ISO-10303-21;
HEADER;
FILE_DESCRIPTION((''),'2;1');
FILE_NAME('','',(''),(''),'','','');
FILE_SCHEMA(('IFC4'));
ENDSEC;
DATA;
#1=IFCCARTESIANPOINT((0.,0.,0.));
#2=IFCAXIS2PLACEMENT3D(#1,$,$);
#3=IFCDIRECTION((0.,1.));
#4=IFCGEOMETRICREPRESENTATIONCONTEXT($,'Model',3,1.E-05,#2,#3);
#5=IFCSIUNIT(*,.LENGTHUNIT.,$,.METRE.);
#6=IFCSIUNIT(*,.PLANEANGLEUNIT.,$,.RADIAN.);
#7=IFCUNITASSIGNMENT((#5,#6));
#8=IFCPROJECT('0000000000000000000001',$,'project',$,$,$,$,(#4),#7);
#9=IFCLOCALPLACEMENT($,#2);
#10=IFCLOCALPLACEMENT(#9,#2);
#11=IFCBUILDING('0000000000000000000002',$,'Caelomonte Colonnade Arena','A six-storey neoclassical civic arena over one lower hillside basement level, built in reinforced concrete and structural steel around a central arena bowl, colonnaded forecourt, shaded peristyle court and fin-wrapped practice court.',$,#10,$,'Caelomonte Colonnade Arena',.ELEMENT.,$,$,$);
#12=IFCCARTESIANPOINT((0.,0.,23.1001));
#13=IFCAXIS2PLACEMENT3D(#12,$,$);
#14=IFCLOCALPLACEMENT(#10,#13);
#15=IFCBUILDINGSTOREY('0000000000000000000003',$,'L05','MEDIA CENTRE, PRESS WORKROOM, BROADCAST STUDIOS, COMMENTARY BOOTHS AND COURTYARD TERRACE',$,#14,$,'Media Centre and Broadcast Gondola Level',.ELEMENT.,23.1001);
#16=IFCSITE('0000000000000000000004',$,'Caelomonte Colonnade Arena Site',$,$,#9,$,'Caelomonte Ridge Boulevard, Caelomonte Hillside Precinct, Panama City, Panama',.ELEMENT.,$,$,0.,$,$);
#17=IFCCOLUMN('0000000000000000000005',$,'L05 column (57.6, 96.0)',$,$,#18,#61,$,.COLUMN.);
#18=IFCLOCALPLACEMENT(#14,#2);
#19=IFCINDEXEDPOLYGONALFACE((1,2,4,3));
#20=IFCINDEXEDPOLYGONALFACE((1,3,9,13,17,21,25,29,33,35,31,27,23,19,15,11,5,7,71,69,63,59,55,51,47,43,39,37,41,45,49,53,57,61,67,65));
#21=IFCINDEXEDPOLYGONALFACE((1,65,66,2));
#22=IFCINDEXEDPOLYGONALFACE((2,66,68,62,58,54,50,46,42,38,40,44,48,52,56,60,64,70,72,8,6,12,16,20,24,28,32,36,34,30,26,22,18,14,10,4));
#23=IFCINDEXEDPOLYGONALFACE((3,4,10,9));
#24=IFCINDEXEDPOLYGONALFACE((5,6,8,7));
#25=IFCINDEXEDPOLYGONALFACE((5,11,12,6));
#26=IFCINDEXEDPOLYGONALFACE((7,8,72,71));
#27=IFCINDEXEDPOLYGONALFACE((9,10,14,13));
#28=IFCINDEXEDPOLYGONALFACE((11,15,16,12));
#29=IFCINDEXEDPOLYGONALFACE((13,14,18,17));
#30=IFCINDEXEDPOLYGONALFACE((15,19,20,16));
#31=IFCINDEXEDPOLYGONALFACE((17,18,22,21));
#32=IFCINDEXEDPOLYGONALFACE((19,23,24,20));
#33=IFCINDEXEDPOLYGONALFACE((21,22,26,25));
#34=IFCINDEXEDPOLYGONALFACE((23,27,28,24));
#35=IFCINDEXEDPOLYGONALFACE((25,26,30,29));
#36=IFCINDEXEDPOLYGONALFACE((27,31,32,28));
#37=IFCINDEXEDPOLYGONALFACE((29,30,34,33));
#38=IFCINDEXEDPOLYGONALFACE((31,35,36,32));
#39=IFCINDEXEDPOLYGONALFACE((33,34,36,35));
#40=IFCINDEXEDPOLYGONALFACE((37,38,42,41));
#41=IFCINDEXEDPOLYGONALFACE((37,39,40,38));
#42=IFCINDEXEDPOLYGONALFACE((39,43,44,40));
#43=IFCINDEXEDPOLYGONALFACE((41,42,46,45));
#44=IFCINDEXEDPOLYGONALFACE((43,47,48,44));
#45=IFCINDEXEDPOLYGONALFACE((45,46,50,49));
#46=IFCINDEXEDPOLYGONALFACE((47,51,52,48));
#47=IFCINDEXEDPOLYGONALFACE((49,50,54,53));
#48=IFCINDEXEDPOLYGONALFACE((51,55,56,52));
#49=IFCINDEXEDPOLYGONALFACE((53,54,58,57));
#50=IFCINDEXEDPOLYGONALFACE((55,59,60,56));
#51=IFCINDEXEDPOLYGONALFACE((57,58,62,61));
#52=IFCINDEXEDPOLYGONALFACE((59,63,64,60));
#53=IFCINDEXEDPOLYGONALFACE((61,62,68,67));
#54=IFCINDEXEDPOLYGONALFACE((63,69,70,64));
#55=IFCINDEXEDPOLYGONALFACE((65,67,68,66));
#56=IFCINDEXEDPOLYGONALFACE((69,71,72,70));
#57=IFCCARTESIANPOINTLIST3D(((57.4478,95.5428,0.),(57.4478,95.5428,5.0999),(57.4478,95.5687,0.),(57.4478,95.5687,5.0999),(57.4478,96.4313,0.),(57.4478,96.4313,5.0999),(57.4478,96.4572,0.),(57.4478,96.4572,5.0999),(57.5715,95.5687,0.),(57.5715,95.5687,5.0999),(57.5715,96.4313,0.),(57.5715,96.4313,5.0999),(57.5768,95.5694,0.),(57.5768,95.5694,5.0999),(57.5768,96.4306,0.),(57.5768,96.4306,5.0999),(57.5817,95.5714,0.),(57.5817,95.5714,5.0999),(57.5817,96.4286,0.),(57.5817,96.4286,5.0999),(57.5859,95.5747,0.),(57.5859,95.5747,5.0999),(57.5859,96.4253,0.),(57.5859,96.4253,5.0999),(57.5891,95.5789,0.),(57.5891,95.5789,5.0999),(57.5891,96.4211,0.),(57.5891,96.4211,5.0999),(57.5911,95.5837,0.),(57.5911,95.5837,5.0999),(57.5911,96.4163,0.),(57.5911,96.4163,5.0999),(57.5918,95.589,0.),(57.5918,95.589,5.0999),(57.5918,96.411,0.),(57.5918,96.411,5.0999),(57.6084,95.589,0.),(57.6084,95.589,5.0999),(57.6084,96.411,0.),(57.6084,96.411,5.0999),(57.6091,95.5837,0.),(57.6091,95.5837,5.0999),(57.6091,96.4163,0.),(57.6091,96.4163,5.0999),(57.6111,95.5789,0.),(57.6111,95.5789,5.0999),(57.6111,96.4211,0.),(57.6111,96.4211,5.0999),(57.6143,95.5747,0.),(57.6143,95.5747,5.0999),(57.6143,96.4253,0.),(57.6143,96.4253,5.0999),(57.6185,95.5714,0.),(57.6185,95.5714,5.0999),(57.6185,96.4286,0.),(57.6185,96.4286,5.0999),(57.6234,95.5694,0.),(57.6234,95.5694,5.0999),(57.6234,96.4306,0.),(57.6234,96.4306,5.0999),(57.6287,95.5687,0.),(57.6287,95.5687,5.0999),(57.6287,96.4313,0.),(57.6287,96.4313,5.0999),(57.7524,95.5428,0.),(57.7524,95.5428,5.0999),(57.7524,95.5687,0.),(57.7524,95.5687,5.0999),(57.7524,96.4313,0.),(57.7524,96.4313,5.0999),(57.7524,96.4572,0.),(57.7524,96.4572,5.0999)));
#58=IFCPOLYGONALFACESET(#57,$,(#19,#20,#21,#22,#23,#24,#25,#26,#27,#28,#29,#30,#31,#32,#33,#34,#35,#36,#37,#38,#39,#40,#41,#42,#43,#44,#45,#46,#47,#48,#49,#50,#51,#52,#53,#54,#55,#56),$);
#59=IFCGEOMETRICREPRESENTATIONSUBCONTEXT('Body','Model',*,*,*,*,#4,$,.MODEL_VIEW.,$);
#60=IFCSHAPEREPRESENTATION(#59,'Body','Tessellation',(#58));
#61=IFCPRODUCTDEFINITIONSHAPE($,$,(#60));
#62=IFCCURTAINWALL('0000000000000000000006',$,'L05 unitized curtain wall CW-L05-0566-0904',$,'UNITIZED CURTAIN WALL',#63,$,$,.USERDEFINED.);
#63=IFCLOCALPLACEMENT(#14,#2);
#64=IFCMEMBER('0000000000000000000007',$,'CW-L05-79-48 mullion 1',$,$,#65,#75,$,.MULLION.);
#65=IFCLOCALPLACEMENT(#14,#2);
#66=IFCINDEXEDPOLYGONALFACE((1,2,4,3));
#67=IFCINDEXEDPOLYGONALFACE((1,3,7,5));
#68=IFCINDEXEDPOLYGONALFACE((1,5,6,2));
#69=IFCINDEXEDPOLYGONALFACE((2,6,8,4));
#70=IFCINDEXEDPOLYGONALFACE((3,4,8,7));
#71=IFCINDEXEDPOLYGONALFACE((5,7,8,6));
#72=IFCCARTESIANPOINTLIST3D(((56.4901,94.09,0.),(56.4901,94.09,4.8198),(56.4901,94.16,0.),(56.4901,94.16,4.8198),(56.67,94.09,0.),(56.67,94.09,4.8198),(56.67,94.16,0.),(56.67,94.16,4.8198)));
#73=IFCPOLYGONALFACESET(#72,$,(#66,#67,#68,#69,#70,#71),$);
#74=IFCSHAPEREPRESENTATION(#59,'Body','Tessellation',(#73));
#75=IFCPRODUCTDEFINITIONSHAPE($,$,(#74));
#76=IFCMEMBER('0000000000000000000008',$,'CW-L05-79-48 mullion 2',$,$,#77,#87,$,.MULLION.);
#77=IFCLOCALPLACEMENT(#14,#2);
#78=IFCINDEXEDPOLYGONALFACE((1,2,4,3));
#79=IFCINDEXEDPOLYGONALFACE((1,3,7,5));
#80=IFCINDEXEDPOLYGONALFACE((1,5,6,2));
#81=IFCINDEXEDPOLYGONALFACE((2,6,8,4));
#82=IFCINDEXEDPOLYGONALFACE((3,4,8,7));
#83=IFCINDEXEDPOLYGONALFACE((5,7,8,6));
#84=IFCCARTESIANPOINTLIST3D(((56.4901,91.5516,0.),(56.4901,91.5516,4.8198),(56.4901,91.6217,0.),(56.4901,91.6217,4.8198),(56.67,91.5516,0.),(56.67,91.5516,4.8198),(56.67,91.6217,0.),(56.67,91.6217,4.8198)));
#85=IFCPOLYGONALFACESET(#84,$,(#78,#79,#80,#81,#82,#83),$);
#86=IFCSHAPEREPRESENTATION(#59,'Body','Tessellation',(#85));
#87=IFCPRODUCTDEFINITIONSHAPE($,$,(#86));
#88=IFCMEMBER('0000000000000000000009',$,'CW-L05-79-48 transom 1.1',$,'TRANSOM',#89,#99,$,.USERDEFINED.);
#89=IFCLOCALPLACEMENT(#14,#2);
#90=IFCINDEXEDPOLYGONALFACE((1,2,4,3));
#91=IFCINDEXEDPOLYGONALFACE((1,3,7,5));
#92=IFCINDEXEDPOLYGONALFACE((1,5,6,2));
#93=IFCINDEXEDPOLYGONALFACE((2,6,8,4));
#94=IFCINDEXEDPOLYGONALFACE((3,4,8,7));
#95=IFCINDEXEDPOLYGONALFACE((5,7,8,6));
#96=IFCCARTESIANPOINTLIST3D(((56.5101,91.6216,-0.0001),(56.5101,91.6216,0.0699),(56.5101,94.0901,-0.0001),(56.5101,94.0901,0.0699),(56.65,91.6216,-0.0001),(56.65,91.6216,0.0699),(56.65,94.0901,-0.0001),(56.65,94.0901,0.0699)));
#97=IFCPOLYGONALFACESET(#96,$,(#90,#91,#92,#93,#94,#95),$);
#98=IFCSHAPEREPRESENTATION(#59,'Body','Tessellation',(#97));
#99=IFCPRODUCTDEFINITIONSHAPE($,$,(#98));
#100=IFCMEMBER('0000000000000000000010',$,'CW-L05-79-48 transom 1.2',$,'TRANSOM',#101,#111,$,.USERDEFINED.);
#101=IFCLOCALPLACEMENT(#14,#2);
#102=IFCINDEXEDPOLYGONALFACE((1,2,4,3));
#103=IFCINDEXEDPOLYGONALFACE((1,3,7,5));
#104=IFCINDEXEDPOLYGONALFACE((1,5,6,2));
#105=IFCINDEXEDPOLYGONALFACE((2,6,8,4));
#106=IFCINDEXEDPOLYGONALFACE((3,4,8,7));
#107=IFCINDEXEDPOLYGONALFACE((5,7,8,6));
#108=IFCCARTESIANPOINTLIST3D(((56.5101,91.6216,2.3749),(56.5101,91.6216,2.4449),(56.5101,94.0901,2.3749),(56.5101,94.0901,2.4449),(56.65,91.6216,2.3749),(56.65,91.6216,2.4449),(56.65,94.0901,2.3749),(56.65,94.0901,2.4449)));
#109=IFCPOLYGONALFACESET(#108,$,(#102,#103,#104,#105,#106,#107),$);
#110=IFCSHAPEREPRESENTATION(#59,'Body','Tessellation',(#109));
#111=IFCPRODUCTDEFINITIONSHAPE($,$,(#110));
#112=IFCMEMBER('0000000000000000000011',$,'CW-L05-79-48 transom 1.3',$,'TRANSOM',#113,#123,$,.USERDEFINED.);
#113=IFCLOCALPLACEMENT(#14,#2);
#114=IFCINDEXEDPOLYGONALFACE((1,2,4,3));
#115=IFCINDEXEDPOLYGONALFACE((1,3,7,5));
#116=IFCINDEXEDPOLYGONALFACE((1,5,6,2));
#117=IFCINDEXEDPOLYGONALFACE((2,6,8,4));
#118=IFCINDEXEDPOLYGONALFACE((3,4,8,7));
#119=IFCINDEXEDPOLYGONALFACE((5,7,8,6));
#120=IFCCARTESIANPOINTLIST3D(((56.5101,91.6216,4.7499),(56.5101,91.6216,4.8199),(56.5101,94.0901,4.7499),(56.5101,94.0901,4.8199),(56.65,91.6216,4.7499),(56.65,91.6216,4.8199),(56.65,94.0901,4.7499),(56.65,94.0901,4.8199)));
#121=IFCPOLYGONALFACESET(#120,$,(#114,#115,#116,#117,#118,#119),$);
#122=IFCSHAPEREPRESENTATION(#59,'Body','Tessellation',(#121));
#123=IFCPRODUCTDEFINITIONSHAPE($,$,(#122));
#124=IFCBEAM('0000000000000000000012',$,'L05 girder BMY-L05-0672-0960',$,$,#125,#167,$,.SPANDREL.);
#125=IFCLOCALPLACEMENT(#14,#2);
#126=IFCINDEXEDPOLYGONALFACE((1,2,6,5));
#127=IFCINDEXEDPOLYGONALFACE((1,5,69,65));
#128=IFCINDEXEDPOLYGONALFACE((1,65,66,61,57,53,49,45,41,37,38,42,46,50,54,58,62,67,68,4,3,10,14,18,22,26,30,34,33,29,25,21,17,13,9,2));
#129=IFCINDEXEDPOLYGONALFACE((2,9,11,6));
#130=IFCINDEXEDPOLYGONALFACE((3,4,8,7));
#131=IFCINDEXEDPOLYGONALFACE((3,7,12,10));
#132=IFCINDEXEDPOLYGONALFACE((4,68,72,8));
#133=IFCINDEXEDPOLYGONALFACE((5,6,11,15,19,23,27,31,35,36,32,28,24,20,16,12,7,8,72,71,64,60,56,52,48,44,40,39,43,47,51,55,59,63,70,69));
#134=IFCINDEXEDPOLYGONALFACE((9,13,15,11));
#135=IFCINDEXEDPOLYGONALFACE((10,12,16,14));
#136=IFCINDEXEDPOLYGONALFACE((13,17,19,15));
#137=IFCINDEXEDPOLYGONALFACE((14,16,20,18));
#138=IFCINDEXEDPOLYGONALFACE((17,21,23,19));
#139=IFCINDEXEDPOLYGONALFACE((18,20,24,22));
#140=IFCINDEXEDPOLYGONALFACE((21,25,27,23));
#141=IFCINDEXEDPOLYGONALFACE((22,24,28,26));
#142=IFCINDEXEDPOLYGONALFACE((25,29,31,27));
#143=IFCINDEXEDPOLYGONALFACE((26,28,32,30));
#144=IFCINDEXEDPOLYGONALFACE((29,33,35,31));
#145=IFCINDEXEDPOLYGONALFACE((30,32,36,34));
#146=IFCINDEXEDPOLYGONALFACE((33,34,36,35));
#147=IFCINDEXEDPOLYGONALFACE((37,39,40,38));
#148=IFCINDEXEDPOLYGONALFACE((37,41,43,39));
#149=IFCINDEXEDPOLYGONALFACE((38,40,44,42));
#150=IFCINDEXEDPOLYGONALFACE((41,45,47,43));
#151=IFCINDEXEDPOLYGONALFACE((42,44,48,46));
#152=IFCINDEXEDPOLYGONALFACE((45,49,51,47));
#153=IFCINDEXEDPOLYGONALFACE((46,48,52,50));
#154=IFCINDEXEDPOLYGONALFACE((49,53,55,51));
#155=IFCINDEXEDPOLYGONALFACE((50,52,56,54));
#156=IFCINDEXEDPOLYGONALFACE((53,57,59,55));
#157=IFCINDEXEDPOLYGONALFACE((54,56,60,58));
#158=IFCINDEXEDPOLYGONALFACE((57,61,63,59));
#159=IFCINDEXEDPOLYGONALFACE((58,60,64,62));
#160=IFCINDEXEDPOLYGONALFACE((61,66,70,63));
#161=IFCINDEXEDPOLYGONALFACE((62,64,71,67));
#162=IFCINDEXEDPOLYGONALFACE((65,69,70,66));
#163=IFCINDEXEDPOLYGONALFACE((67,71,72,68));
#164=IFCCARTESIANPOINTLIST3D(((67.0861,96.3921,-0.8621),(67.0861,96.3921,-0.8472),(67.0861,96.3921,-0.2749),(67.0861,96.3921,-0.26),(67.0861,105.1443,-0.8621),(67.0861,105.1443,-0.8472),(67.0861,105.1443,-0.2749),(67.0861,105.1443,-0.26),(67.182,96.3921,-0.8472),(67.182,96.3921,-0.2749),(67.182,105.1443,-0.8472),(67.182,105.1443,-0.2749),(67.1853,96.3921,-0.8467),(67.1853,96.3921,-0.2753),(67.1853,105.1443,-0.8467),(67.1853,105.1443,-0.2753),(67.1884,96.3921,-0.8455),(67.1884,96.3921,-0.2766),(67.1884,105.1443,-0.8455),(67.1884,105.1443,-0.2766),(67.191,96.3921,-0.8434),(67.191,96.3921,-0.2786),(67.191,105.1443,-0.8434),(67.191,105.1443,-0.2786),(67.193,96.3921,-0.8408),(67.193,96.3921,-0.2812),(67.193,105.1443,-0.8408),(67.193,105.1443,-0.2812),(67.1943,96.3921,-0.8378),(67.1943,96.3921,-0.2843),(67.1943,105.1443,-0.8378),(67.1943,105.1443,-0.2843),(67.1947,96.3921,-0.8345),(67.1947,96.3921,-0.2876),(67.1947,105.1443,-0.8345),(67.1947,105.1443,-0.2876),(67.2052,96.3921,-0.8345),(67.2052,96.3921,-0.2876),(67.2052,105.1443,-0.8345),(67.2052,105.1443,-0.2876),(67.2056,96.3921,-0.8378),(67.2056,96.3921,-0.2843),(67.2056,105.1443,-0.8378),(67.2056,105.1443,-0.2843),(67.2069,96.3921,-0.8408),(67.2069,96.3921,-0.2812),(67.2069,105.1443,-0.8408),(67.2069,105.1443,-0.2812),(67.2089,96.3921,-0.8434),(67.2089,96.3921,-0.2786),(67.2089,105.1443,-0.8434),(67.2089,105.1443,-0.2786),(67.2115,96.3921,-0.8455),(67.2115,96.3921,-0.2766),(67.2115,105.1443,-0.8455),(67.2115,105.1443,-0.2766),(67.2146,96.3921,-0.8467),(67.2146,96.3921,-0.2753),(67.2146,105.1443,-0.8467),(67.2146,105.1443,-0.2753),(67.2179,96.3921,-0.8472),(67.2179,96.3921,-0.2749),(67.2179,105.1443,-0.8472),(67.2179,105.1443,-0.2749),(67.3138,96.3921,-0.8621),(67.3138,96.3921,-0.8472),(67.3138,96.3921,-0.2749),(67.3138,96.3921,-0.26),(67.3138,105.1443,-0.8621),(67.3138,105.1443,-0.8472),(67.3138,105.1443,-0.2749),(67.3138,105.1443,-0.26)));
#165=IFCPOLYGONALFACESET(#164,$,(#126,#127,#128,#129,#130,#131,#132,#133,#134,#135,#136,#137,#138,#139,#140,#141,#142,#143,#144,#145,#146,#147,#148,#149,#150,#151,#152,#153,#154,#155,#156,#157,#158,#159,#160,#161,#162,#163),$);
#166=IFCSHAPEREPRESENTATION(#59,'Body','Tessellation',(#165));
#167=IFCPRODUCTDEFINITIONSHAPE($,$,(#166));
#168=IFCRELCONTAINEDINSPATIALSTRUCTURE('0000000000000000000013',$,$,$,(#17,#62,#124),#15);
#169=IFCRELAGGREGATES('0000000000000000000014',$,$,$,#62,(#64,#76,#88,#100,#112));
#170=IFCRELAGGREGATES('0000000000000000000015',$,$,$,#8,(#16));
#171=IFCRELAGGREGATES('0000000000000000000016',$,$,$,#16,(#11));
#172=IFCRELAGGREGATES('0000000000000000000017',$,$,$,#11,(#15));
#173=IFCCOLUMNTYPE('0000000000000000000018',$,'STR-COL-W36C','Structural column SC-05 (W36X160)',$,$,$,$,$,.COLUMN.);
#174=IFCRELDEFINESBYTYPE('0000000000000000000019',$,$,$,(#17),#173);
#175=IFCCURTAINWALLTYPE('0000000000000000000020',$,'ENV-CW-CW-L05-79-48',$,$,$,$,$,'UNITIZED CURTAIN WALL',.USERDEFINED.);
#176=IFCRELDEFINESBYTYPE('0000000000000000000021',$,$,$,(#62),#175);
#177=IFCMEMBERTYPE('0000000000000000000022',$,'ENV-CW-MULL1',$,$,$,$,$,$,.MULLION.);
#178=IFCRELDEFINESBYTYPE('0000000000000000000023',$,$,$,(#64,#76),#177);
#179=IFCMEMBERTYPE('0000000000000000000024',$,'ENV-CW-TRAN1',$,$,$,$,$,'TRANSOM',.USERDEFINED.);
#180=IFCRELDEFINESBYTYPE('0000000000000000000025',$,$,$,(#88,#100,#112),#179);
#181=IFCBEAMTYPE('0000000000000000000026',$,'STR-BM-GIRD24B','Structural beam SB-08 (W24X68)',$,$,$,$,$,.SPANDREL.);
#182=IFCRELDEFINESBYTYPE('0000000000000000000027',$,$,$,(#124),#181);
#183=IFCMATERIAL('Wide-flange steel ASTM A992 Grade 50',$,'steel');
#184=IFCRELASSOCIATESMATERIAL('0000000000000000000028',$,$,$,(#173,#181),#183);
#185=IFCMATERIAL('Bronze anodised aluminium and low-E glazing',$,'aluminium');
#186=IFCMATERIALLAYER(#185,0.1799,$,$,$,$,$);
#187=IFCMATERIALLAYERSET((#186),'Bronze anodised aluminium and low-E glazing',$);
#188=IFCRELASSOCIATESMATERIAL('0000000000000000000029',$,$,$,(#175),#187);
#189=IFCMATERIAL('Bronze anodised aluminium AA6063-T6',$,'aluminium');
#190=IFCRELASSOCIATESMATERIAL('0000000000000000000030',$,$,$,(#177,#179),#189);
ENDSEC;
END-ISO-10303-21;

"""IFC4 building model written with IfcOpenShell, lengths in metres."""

from ifc_helpers import new_model, si_unit, direction, frame, origin, origin_2d, place, context, subcontext, project, spatial, rectangle, i_section, extrude, material, layer, layer_set, material_profile, profile_set, type_object, element, aggregate, save


model = new_model("IFC4")

# Units and contexts
model_context = context("Model", 3, precision=1e-05, world=origin(), true_north=direction((0.0, 1.0)))
body_context = subcontext(model_context, "Body", "Model", "MODEL_VIEW")
ifc_project = project(units=[si_unit("LENGTHUNIT", "METRE"), si_unit("PLANEANGLEUNIT", "RADIAN")], contexts=[model_context])

# Site, building, storey
site_placement = place(None, origin())
site = spatial("IfcSite", under=ifc_project, at=site_placement, Name="Caelomonte Colonnade Arena Site", LongName="Caelomonte Ridge Boulevard, Caelomonte Hillside Precinct, Panama City, Panama", CompositionType="ELEMENT", RefElevation=0.0)
building_placement = place(site_placement, origin())
building = spatial("IfcBuilding", under=site, at=building_placement, Name="Caelomonte Colonnade Arena", Description="A six-storey neoclassical civic arena over one lower hillside basement level, built in reinforced concrete and structural steel around a central arena bowl, colonnaded forecourt, shaded peristyle court and fin-wrapped practice court.", LongName="Caelomonte Colonnade Arena", CompositionType="ELEMENT")
storey_placement = place(building_placement, frame((0.0, 0.0, 23.1001)))
storey = spatial("IfcBuildingStorey", under=building, at=storey_placement, Name="L05", Description="MEDIA CENTRE, PRESS WORKROOM, BROADCAST STUDIOS, COMMENTARY BOOTHS AND COURTYARD TERRACE", LongName="Media Centre and Broadcast Gondola Level", CompositionType="ELEMENT", Elevation=23.1001)

# Column
ifc_material_1 = material(Name="Wide-flange steel ASTM A992 Grade 50", Category="steel")
ifc_material_profile_1 = material_profile(ifc_material_1, i_section(OverallWidth=0.3047, OverallDepth=0.9143, WebThickness=0.0166, FlangeThickness=0.0259, FilletRadius=0.0203, at=origin_2d()), Name="W36X160")
ifc_profile_set_1 = profile_set([ifc_material_profile_1], Name="Wide-flange steel ASTM A992 Grade 50")
column_type = type_object("IfcColumnType", Name="STR-COL-W36C", Description="Structural column SC-05 (W36X160)", PredefinedType="COLUMN", material=ifc_profile_set_1)
column_placement = place(storey_placement, frame((57.6001, 96.0, 0.0), z_axis=(0.0, 0.0, 1.0), x_axis=(1.0, 0.0, 0.0)))
element("IfcColumn", 1, at=column_placement, inside=storey, type_object=column_type, Name="L05 column (57.6, 96.0)", PredefinedType="COLUMN", context=body_context, shape_type="SweptSolid", body=[
    extrude(i_section(OverallWidth=0.3047, OverallDepth=0.9143, WebThickness=0.0166, FlangeThickness=0.0259, FilletRadius=0.0203, at=origin_2d()), origin(), (0.0, 0.0, 1.0), 5.0999),
])

# Curtain wall, members
ifc_material_2 = material(Name="Bronze anodised aluminium and low-E glazing", Category="aluminium")
ifc_layer_1 = layer(ifc_material_2, 0.1799)
ifc_layer_set_1 = layer_set([ifc_layer_1], Name="Bronze anodised aluminium and low-E glazing")
curtain_wall_type = type_object("IfcCurtainWallType", Name="ENV-CW-CW-L05-79-48", ElementType="UNITIZED CURTAIN WALL", PredefinedType="USERDEFINED", material=ifc_layer_set_1)
curtain_wall_placement = place(storey_placement, origin())
curtain_wall = element("IfcCurtainWall", 2, at=curtain_wall_placement, inside=storey, type_object=curtain_wall_type, Name="L05 unitized curtain wall CW-L05-0566-0904", ObjectType="UNITIZED CURTAIN WALL", PredefinedType="USERDEFINED")
ifc_material_3 = material(Name="Bronze anodised aluminium AA6063-T6", Category="aluminium")
ifc_material_profile_2 = material_profile(ifc_material_3, rectangle(XDim=0.0701, YDim=0.1799, at=origin_2d()), Name="CWM-70X180")
ifc_profile_set_2 = profile_set([ifc_material_profile_2], Name="Bronze anodised aluminium AA6063-T6")
member_type_1 = type_object("IfcMemberType", Name="ENV-CW-MULL1", PredefinedType="MULLION", material=ifc_profile_set_2)
member_1_placement = place(storey_placement, frame((56.5801, 94.125, 0.0), z_axis=(0.0, 0.0, 1.0), x_axis=(0.0, -1.0, 0.0)))
member_1 = element("IfcMember", 3, at=member_1_placement, type_object=member_type_1, Name="CW-L05-79-48 mullion 1", PredefinedType="MULLION", context=body_context, shape_type="SweptSolid", body=[
    extrude(rectangle(XDim=0.0701, YDim=0.1799, at=origin_2d()), origin(), (0.0, 0.0, 1.0), 4.8198),
])
member_2_placement = place(storey_placement, frame((56.5801, 91.5867, 0.0), z_axis=(0.0, 0.0, 1.0), x_axis=(0.0, -1.0, 0.0)))
member_2 = element("IfcMember", 4, at=member_2_placement, type_object=member_type_1, Name="CW-L05-79-48 mullion 2", PredefinedType="MULLION", context=body_context, shape_type="SweptSolid", body=[
    extrude(rectangle(XDim=0.0701, YDim=0.1799, at=origin_2d()), origin(), (0.0, 0.0, 1.0), 4.8198),
])
ifc_material_profile_3 = material_profile(ifc_material_3, rectangle(XDim=0.0701, YDim=0.1399, at=origin_2d()), Name="CWT-70X140")
ifc_profile_set_3 = profile_set([ifc_material_profile_3], Name="Bronze anodised aluminium AA6063-T6")
member_type_2 = type_object("IfcMemberType", Name="ENV-CW-TRAN1", ElementType="TRANSOM", PredefinedType="USERDEFINED", material=ifc_profile_set_3)
member_3_placement = place(storey_placement, frame((56.5801, 94.0901, 0.0349), z_axis=(0.0, -1.0, 0.0), x_axis=(0.0, 0.0, 1.0)))
member_3 = element("IfcMember", 5, at=member_3_placement, type_object=member_type_2, Name="CW-L05-79-48 transom 1.1", ObjectType="TRANSOM", PredefinedType="USERDEFINED", context=body_context, shape_type="SweptSolid", body=[
    extrude(rectangle(XDim=0.0701, YDim=0.1399, at=origin_2d()), origin(), (0.0, 0.0, 1.0), 2.4685),
])
member_4_placement = place(storey_placement, frame((56.5801, 94.0901, 2.4099), z_axis=(0.0, -1.0, 0.0), x_axis=(0.0, 0.0, 1.0)))
member_4 = element("IfcMember", 6, at=member_4_placement, type_object=member_type_2, Name="CW-L05-79-48 transom 1.2", ObjectType="TRANSOM", PredefinedType="USERDEFINED", context=body_context, shape_type="SweptSolid", body=[
    extrude(rectangle(XDim=0.0701, YDim=0.1399, at=origin_2d()), origin(), (0.0, 0.0, 1.0), 2.4685),
])
member_5_placement = place(storey_placement, frame((56.5801, 94.0901, 4.7849), z_axis=(0.0, -1.0, 0.0), x_axis=(0.0, 0.0, 1.0)))
member_5 = element("IfcMember", 7, at=member_5_placement, type_object=member_type_2, Name="CW-L05-79-48 transom 1.3", ObjectType="TRANSOM", PredefinedType="USERDEFINED", context=body_context, shape_type="SweptSolid", body=[
    extrude(rectangle(XDim=0.0701, YDim=0.1399, at=origin_2d()), origin(), (0.0, 0.0, 1.0), 2.4685),
])

# Beam
ifc_material_profile_4 = material_profile(ifc_material_1, i_section(OverallWidth=0.2278, OverallDepth=0.6021, WebThickness=0.0105, FlangeThickness=0.0149, FilletRadius=0.0127, at=origin_2d()), Name="W24X68")
ifc_profile_set_4 = profile_set([ifc_material_profile_4], Name="Wide-flange steel ASTM A992 Grade 50")
beam_type_1 = type_object("IfcBeamType", Name="STR-BM-GIRD24B", Description="Structural beam SB-08 (W24X68)", PredefinedType="SPANDREL", material=ifc_profile_set_4)
beam_1_placement = place(storey_placement, frame((67.2, 96.3921, -0.561), z_axis=(0.0, 1.0, 0.0), x_axis=(-1.0, 0.0, 0.0)))
element("IfcBeam", 8, at=beam_1_placement, inside=storey, type_object=beam_type_1, Name="L05 girder BMY-L05-0672-0960", PredefinedType="SPANDREL", context=body_context, shape_type="SweptSolid", body=[
    extrude(i_section(OverallWidth=0.2278, OverallDepth=0.6021, WebThickness=0.0105, FlangeThickness=0.0149, FilletRadius=0.0127, at=origin_2d()), origin(), (0.0, 0.0, 1.0), 8.7522),
])

aggregate(curtain_wall, [member_1, member_2, member_3, member_4, member_5])

save(model, "model.ifc")
